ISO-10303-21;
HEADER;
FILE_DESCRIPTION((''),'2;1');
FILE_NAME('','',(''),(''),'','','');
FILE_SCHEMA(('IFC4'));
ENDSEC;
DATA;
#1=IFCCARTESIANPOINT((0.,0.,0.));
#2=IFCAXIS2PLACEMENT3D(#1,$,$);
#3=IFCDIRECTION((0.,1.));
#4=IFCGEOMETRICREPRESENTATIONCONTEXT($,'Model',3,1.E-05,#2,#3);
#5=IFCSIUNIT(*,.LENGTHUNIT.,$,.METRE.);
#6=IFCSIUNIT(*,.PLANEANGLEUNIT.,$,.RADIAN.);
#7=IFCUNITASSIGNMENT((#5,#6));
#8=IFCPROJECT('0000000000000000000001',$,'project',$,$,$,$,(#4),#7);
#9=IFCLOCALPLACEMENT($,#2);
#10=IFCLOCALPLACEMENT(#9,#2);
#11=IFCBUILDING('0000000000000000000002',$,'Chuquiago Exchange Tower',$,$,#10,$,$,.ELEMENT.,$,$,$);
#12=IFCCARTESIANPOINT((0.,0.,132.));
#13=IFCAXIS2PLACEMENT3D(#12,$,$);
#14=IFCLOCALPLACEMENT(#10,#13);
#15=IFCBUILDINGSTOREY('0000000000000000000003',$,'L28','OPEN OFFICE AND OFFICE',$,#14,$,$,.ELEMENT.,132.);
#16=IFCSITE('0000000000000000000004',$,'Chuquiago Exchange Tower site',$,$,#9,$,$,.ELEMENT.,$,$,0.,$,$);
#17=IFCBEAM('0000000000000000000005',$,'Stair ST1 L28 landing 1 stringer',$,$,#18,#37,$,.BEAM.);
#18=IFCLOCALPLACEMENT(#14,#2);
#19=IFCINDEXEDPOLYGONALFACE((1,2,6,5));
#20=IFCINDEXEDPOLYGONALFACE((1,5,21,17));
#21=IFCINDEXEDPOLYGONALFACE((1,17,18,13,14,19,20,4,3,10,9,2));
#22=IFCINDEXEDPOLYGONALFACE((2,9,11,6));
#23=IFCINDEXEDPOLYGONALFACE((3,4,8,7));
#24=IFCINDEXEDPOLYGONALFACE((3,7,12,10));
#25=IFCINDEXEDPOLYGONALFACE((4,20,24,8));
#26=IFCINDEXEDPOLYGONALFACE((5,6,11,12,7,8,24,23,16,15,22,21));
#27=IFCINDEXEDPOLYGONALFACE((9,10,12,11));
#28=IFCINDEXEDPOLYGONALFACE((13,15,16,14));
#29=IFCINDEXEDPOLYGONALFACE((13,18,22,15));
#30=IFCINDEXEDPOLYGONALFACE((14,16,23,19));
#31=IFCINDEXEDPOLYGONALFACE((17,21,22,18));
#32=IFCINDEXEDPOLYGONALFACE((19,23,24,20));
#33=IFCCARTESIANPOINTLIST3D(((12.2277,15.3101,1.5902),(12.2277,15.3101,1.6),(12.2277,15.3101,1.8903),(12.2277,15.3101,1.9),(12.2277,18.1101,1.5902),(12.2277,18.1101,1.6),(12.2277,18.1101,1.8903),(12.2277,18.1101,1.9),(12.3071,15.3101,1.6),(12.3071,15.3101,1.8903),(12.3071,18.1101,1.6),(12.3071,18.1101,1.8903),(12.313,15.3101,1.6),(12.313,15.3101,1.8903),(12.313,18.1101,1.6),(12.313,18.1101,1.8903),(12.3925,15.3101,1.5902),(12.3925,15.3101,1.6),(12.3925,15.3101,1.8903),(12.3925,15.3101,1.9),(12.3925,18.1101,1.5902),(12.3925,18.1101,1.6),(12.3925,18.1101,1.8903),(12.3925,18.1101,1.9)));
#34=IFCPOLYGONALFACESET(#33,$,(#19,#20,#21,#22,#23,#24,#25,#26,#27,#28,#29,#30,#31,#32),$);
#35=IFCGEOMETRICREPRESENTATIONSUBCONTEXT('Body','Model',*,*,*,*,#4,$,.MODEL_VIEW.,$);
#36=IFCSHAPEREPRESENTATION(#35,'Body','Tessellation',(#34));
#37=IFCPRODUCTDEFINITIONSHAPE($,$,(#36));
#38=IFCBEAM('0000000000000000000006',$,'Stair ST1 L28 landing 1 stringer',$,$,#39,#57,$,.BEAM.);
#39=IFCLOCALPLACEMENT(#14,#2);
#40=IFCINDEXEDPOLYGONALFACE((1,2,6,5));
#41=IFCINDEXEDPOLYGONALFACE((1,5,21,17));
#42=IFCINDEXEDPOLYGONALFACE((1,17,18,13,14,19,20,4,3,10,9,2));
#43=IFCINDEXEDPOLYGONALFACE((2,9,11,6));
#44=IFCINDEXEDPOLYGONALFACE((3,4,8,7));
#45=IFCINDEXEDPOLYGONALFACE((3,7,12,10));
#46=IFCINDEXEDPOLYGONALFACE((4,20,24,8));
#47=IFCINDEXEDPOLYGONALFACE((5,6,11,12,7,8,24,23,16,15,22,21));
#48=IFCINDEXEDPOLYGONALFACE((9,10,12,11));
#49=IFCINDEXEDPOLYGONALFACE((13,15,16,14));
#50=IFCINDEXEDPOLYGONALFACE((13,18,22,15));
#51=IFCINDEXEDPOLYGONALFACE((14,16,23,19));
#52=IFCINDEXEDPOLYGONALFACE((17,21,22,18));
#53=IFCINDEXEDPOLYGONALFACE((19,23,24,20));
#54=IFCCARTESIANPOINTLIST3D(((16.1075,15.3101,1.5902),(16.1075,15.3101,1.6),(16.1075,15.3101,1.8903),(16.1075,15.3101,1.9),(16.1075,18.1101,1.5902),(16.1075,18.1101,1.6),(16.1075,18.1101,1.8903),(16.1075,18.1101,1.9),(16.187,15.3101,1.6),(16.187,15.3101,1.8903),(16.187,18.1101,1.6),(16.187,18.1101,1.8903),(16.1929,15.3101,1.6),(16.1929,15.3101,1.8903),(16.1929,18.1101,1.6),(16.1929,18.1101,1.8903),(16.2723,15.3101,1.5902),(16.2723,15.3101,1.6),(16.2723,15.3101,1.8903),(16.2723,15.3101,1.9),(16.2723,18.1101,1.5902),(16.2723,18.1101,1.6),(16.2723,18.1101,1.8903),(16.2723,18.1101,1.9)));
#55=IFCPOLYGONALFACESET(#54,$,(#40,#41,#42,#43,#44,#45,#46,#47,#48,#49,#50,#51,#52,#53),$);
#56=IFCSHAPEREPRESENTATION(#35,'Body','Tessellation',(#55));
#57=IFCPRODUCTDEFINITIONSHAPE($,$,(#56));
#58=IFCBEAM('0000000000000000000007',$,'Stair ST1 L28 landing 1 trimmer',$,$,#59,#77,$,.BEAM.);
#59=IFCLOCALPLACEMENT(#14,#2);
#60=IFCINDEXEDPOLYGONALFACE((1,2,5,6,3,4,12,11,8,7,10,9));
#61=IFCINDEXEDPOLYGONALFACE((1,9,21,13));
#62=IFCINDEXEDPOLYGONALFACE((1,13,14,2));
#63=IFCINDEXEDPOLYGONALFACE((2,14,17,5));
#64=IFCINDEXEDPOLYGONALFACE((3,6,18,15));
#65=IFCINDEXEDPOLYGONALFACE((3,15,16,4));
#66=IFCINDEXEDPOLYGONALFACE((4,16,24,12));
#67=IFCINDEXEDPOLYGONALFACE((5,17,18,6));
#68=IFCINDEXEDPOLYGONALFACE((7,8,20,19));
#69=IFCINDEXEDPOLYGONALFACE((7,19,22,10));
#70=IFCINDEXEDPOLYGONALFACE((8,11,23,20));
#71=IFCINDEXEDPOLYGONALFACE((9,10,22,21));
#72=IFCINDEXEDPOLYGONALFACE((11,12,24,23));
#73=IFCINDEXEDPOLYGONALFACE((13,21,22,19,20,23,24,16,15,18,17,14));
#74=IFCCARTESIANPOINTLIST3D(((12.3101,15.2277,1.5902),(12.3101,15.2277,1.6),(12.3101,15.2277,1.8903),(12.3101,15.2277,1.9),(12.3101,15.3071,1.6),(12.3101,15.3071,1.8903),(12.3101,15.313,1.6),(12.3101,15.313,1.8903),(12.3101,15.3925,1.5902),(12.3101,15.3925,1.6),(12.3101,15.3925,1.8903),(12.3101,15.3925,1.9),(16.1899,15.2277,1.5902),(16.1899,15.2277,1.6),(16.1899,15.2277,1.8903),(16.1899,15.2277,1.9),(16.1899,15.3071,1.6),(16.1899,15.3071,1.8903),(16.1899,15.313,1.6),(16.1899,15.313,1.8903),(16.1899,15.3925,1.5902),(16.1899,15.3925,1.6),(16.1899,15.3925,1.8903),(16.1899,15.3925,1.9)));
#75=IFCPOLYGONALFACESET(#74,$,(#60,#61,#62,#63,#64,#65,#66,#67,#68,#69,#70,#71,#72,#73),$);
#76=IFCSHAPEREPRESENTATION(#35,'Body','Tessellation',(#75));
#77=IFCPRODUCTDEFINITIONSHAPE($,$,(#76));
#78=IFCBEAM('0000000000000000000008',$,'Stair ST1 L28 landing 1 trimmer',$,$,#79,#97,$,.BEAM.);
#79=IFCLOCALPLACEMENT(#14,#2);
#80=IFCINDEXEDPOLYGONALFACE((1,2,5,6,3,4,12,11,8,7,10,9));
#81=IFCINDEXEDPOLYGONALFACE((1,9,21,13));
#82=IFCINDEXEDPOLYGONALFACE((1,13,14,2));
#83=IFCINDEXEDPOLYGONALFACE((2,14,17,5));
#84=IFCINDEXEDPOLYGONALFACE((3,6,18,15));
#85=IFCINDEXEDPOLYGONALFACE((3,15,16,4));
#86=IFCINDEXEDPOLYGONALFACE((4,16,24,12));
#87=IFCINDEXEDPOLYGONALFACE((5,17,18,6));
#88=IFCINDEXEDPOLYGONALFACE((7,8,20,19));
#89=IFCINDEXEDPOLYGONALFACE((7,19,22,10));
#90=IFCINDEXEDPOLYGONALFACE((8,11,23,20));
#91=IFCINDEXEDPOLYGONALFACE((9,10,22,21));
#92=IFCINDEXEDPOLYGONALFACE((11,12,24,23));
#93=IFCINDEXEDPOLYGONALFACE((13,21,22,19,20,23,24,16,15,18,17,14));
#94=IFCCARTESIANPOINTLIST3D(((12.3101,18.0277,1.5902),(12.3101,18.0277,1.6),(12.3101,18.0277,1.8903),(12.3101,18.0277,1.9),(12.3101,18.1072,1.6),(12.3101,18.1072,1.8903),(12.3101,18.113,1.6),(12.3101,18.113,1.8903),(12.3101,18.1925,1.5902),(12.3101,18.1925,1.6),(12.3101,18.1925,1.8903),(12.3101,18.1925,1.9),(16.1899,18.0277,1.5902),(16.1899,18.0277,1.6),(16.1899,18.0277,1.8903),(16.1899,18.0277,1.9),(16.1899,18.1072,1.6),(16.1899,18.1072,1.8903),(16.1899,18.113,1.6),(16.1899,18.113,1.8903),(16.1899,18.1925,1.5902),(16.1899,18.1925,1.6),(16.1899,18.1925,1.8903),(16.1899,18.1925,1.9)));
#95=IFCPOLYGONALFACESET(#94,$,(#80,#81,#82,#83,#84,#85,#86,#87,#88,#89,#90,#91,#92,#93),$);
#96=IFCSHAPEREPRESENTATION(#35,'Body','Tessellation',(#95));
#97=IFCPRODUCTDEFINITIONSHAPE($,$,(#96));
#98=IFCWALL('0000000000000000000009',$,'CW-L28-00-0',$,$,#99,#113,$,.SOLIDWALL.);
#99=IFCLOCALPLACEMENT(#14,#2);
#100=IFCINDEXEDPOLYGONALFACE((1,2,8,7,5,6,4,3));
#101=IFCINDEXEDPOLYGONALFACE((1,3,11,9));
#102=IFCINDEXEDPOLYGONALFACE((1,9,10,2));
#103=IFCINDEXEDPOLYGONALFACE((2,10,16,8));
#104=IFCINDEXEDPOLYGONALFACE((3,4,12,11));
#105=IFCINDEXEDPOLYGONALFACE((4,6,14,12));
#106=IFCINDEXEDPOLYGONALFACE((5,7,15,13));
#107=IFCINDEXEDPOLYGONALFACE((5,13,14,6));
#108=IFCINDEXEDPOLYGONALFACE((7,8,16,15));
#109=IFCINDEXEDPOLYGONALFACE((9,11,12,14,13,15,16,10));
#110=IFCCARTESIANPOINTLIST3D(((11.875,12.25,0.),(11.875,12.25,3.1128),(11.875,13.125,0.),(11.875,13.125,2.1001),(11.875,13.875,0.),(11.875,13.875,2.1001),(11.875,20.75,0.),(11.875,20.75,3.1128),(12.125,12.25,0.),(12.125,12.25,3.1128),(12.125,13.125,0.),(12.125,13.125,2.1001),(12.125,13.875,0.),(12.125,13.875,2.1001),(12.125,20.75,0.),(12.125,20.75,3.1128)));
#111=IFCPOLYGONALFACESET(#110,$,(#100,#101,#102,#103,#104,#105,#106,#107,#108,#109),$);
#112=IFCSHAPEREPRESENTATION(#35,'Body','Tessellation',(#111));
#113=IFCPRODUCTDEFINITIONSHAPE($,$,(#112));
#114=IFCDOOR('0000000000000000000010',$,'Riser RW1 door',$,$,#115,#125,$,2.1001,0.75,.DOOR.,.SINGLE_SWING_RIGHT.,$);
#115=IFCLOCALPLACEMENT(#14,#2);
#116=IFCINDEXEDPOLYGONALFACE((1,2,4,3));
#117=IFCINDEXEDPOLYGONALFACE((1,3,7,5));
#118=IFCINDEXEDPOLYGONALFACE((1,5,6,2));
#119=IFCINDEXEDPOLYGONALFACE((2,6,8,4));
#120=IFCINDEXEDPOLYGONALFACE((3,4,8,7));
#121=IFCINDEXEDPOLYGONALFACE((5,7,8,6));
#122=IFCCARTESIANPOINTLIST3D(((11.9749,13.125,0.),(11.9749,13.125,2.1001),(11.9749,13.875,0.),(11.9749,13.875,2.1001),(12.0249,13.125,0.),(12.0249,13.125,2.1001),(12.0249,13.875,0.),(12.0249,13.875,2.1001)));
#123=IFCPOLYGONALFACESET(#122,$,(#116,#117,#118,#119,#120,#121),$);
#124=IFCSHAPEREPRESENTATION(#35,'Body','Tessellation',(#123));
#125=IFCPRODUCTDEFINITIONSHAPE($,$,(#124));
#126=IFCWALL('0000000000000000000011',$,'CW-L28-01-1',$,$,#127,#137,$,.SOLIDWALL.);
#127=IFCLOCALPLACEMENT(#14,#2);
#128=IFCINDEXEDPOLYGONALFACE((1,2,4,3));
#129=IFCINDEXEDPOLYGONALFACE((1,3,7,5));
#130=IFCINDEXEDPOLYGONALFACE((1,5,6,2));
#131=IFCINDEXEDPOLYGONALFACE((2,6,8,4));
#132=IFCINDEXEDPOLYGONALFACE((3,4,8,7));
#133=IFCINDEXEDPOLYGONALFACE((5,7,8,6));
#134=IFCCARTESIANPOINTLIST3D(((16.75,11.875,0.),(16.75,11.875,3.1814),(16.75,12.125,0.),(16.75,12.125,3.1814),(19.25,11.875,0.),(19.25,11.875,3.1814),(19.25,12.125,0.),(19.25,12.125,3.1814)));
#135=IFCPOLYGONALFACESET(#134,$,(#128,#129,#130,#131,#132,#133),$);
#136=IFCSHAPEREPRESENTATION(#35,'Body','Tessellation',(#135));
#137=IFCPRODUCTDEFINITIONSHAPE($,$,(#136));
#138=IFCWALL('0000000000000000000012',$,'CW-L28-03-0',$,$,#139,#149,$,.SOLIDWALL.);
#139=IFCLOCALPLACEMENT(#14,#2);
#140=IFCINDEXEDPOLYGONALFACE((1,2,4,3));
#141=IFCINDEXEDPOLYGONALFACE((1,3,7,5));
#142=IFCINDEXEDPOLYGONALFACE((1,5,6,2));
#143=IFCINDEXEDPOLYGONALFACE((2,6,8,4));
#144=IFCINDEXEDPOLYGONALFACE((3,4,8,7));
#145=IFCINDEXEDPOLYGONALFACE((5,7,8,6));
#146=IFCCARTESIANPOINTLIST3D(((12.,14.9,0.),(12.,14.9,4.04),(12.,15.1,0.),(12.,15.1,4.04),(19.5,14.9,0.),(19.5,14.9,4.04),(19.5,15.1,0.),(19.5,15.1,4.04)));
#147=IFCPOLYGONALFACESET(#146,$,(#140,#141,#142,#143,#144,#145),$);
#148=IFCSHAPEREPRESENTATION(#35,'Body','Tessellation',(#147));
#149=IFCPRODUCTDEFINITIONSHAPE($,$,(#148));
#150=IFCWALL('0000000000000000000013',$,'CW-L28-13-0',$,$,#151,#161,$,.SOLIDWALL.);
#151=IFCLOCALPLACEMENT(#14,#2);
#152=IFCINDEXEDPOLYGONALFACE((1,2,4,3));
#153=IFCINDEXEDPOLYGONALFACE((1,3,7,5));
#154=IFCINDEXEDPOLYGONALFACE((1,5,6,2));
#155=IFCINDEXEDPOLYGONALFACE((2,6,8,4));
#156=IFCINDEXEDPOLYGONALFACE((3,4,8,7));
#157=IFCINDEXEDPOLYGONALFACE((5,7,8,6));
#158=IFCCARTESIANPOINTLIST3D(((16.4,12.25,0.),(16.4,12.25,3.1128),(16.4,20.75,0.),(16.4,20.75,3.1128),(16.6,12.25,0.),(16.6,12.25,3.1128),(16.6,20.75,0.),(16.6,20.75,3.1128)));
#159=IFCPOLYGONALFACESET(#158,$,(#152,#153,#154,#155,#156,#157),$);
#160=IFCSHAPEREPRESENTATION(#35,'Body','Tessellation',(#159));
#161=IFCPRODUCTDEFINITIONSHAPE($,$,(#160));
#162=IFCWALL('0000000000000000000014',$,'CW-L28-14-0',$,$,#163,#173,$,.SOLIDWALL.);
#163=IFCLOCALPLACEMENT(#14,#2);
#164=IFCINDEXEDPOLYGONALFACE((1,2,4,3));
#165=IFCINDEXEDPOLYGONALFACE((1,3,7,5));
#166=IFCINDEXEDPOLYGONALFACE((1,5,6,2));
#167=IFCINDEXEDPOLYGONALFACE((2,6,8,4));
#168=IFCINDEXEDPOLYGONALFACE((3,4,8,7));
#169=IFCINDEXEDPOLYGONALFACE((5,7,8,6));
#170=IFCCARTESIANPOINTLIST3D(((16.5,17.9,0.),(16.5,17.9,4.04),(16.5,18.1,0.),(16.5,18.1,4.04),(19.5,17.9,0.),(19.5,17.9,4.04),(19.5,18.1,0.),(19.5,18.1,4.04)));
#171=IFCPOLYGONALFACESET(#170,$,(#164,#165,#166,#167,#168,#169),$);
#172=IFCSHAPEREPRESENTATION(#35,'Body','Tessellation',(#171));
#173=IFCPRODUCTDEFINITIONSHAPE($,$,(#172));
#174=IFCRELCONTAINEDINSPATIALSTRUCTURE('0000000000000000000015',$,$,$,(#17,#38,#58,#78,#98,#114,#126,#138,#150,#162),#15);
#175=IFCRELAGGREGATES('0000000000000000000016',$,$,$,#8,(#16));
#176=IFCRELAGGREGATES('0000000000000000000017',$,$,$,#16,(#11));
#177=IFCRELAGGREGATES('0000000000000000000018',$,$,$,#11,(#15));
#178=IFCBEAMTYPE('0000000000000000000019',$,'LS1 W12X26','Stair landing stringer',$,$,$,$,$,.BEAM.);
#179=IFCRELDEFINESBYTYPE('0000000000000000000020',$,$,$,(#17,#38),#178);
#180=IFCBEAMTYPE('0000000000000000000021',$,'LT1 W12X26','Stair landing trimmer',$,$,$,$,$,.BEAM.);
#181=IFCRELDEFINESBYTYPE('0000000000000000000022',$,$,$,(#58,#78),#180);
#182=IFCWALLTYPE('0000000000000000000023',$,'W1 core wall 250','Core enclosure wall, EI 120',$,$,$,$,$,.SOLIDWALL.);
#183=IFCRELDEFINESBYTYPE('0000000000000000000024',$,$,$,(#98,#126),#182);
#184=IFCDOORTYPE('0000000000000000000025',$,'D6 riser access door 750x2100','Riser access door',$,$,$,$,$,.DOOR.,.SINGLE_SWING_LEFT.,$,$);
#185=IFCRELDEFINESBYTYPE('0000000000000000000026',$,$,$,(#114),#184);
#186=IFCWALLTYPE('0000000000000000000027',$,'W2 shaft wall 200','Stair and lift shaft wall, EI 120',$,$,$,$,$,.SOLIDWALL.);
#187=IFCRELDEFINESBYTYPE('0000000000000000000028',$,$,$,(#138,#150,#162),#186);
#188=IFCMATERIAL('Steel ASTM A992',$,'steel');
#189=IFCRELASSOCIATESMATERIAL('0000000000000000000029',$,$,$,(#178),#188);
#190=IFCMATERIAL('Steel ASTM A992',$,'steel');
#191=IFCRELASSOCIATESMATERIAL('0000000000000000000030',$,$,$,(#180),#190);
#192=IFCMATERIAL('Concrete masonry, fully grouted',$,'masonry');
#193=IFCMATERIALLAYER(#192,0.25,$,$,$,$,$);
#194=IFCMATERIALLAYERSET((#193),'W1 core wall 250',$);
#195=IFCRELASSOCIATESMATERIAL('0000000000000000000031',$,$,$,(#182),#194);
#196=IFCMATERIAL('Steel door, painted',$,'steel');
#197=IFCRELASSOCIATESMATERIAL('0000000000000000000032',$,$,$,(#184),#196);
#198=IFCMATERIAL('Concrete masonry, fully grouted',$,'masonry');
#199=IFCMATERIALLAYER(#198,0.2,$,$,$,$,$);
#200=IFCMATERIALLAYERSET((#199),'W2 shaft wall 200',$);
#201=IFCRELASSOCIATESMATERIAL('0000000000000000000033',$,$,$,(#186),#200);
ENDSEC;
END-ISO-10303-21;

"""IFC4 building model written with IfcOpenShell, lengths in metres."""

from ifc_helpers import new_model, si_unit, direction, frame, frame_2d, origin, origin_2d, place, context, subcontext, project, spatial, rectangle, i_section, extrude, material, layer, layer_set, material_profile, profile_set, type_object, element, fill, save


model = new_model("IFC4")

# Units and contexts
model_context = context("Model", 3, precision=1e-05, world=origin(), true_north=direction((0.0, 1.0)))
body_context = subcontext(model_context, "Body", "Model", "MODEL_VIEW")
ifc_project = project(units=[si_unit("LENGTHUNIT", "METRE"), si_unit("PLANEANGLEUNIT", "RADIAN")], contexts=[model_context])

# Site, building, storey
site_placement = place(None, origin())
site = spatial("IfcSite", under=ifc_project, at=site_placement, Name="Chuquiago Exchange Tower site", CompositionType="ELEMENT", RefElevation=0.0)
building_placement = place(site_placement, origin())
building = spatial("IfcBuilding", under=site, at=building_placement, Name="Chuquiago Exchange Tower", CompositionType="ELEMENT")
storey_placement = place(building_placement, frame((0.0, 0.0, 132.0)))
storey = spatial("IfcBuildingStorey", under=building, at=storey_placement, Name="L28", Description="OPEN OFFICE AND OFFICE", CompositionType="ELEMENT", Elevation=132.0)

# Beams
ifc_material_1 = material(Name="Steel ASTM A992", Category="steel")
ifc_material_profile_1 = material_profile(ifc_material_1, i_section(OverallWidth=0.1648, OverallDepth=0.3098, WebThickness=0.0059, FlangeThickness=0.0098, at=origin_2d()), Name="W12X26")
ifc_profile_set_1 = profile_set([ifc_material_profile_1], Name="Steel ASTM A992")
beam_type_1 = type_object("IfcBeamType", Name="LS1 W12X26", Description="Stair landing stringer", PredefinedType="BEAM", material=ifc_profile_set_1)
for number, where, z_axis, x_axis, name in (
    (1, (12.3101, 15.3101, 1.7451), (0.0, 1.0, 0.0), (-1.0, 0.0, 0.0), "Stair ST1 L28 landing 1 stringer"),
    (2, (16.1899, 15.3101, 1.7451), (0.0, 1.0, 0.0), (-1.0, 0.0, 0.0), "Stair ST1 L28 landing 1 stringer"),
):
    element("IfcBeam", number, at=place(storey_placement, frame(where, z_axis=z_axis, x_axis=x_axis)), inside=storey, type_object=beam_type_1, Name=name, PredefinedType="BEAM", context=body_context, shape_type="SweptSolid", body=[
        extrude(i_section(OverallWidth=0.1648, OverallDepth=0.3098, WebThickness=0.0059, FlangeThickness=0.0098, at=origin_2d()), origin(), (0.0, 0.0, 1.0), 2.8),
    ])
ifc_material_2 = material(Name="Steel ASTM A992", Category="steel")
ifc_material_profile_2 = material_profile(ifc_material_2, i_section(OverallWidth=0.1648, OverallDepth=0.3098, WebThickness=0.0059, FlangeThickness=0.0098, at=origin_2d()), Name="W12X26")
ifc_profile_set_2 = profile_set([ifc_material_profile_2], Name="Steel ASTM A992")
beam_type_2 = type_object("IfcBeamType", Name="LT1 W12X26", Description="Stair landing trimmer", PredefinedType="BEAM", material=ifc_profile_set_2)
for number, where, z_axis, x_axis, name in (
    (3, (12.3101, 15.3101, 1.7451), (1.0, 0.0, 0.0), (0.0, 1.0, 0.0), "Stair ST1 L28 landing 1 trimmer"),
    (4, (12.3101, 18.1101, 1.7451), (1.0, 0.0, 0.0), (0.0, 1.0, 0.0), "Stair ST1 L28 landing 1 trimmer"),
):
    element("IfcBeam", number, at=place(storey_placement, frame(where, z_axis=z_axis, x_axis=x_axis)), inside=storey, type_object=beam_type_2, Name=name, PredefinedType="BEAM", context=body_context, shape_type="SweptSolid", body=[
        extrude(i_section(OverallWidth=0.1648, OverallDepth=0.3098, WebThickness=0.0059, FlangeThickness=0.0098, at=origin_2d()), origin(), (0.0, 0.0, 1.0), 3.8799),
    ])

# Wall, opening, door
ifc_material_3 = material(Name="Concrete masonry, fully grouted", Category="masonry")
ifc_layer_1 = layer(ifc_material_3, 0.25)
ifc_layer_set_1 = layer_set([ifc_layer_1], Name="W1 core wall 250")
wall_type_1 = type_object("IfcWallType", Name="W1 core wall 250", Description="Core enclosure wall, EI 120", PredefinedType="SOLIDWALL", material=ifc_layer_set_1)
wall_1_placement = place(storey_placement, frame((12.0, 12.25, 0.0), z_axis=(0.0, 0.0, 1.0), x_axis=(0.0, 1.0, 0.0)))
wall_1 = element("IfcWall", 5, at=wall_1_placement, inside=storey, type_object=wall_type_1, Name="CW-L28-00-0", PredefinedType="SOLIDWALL", context=body_context, shape_type="SweptSolid", body=[
    extrude(rectangle(XDim=8.5, YDim=0.25, at=frame_2d((4.25, 0.0))), origin(), (0.0, 0.0, 1.0), 3.1128),
])
opening_placement = place(wall_1_placement, frame((0.875, 0.0, 0.0)))
opening = element("IfcOpeningElement", 6, at=opening_placement, cuts=wall_1, PredefinedType="OPENING", context=body_context, shape_type="SweptSolid", body=[
    extrude(rectangle(XDim=0.75, YDim=2.1001, at=frame_2d((0.375, 1.05))), frame((0.0, 0.135, 0.0), z_axis=(0.0, -1.0, 0.0), x_axis=(1.0, 0.0, 0.0)), (0.0, 0.0, 1.0), 0.27),
])
ifc_material_4 = material(Name="Steel door, painted", Category="steel")
door_type = type_object("IfcDoorType", Name="D6 riser access door 750x2100", Description="Riser access door", OperationType="SINGLE_SWING_LEFT", PredefinedType="DOOR", material=ifc_material_4)
door_placement = place(opening_placement, frame((0.75, 0.0, 0.0), z_axis=(0.0, 0.0, 1.0), x_axis=(-1.0, 0.0, 0.0)))
door = element("IfcDoor", 7, at=door_placement, inside=storey, type_object=door_type, Name="Riser RW1 door", OperationType="SINGLE_SWING_RIGHT", OverallHeight=2.1001, OverallWidth=0.75, PredefinedType="DOOR", context=body_context, shape_type="SweptSolid", body=[
    extrude(rectangle(XDim=0.75, YDim=2.1001, at=frame_2d((0.375, 1.05))), frame((0.0, 0.0249, 0.0), z_axis=(0.0, -1.0, 0.0), x_axis=(1.0, 0.0, 0.0)), (0.0, 0.0, 1.0), 0.05),
])
fill(opening, door)

# Walls
wall_2_placement = place(storey_placement, frame((16.75, 12.0, 0.0), z_axis=(0.0, 0.0, 1.0), x_axis=(1.0, 0.0, 0.0)))
element("IfcWall", 8, at=wall_2_placement, inside=storey, type_object=wall_type_1, Name="CW-L28-01-1", PredefinedType="SOLIDWALL", context=body_context, shape_type="SweptSolid", body=[
    extrude(rectangle(XDim=2.5, YDim=0.25, at=frame_2d((1.25, 0.0))), origin(), (0.0, 0.0, 1.0), 3.1814),
])
ifc_material_5 = material(Name="Concrete masonry, fully grouted", Category="masonry")
ifc_layer_2 = layer(ifc_material_5, 0.2)
ifc_layer_set_2 = layer_set([ifc_layer_2], Name="W2 shaft wall 200")
wall_type_2 = type_object("IfcWallType", Name="W2 shaft wall 200", Description="Stair and lift shaft wall, EI 120", PredefinedType="SOLIDWALL", material=ifc_layer_set_2)
wall_3_placement = place(storey_placement, frame((12.0, 15.0, 0.0), z_axis=(0.0, 0.0, 1.0), x_axis=(1.0, 0.0, 0.0)))
element("IfcWall", 9, at=wall_3_placement, inside=storey, type_object=wall_type_2, Name="CW-L28-03-0", PredefinedType="SOLIDWALL", context=body_context, shape_type="SweptSolid", body=[
    extrude(rectangle(XDim=7.5, YDim=0.2, at=frame_2d((3.75, 0.0))), origin(), (0.0, 0.0, 1.0), 4.04),
])
wall_4_placement = place(storey_placement, frame((16.5, 12.25, 0.0), z_axis=(0.0, 0.0, 1.0), x_axis=(0.0, 1.0, 0.0)))
element("IfcWall", 10, at=wall_4_placement, inside=storey, type_object=wall_type_2, Name="CW-L28-13-0", PredefinedType="SOLIDWALL", context=body_context, shape_type="SweptSolid", body=[
    extrude(rectangle(XDim=8.5, YDim=0.2, at=frame_2d((4.25, 0.0))), origin(), (0.0, 0.0, 1.0), 3.1128),
])
wall_5_placement = place(storey_placement, frame((16.5, 18.0, 0.0), z_axis=(0.0, 0.0, 1.0), x_axis=(1.0, 0.0, 0.0)))
element("IfcWall", 11, at=wall_5_placement, inside=storey, type_object=wall_type_2, Name="CW-L28-14-0", PredefinedType="SOLIDWALL", context=body_context, shape_type="SweptSolid", body=[
    extrude(rectangle(XDim=3.0, YDim=0.2, at=frame_2d((1.5, 0.0))), origin(), (0.0, 0.0, 1.0), 4.04),
])

save(model, "model.ifc")
